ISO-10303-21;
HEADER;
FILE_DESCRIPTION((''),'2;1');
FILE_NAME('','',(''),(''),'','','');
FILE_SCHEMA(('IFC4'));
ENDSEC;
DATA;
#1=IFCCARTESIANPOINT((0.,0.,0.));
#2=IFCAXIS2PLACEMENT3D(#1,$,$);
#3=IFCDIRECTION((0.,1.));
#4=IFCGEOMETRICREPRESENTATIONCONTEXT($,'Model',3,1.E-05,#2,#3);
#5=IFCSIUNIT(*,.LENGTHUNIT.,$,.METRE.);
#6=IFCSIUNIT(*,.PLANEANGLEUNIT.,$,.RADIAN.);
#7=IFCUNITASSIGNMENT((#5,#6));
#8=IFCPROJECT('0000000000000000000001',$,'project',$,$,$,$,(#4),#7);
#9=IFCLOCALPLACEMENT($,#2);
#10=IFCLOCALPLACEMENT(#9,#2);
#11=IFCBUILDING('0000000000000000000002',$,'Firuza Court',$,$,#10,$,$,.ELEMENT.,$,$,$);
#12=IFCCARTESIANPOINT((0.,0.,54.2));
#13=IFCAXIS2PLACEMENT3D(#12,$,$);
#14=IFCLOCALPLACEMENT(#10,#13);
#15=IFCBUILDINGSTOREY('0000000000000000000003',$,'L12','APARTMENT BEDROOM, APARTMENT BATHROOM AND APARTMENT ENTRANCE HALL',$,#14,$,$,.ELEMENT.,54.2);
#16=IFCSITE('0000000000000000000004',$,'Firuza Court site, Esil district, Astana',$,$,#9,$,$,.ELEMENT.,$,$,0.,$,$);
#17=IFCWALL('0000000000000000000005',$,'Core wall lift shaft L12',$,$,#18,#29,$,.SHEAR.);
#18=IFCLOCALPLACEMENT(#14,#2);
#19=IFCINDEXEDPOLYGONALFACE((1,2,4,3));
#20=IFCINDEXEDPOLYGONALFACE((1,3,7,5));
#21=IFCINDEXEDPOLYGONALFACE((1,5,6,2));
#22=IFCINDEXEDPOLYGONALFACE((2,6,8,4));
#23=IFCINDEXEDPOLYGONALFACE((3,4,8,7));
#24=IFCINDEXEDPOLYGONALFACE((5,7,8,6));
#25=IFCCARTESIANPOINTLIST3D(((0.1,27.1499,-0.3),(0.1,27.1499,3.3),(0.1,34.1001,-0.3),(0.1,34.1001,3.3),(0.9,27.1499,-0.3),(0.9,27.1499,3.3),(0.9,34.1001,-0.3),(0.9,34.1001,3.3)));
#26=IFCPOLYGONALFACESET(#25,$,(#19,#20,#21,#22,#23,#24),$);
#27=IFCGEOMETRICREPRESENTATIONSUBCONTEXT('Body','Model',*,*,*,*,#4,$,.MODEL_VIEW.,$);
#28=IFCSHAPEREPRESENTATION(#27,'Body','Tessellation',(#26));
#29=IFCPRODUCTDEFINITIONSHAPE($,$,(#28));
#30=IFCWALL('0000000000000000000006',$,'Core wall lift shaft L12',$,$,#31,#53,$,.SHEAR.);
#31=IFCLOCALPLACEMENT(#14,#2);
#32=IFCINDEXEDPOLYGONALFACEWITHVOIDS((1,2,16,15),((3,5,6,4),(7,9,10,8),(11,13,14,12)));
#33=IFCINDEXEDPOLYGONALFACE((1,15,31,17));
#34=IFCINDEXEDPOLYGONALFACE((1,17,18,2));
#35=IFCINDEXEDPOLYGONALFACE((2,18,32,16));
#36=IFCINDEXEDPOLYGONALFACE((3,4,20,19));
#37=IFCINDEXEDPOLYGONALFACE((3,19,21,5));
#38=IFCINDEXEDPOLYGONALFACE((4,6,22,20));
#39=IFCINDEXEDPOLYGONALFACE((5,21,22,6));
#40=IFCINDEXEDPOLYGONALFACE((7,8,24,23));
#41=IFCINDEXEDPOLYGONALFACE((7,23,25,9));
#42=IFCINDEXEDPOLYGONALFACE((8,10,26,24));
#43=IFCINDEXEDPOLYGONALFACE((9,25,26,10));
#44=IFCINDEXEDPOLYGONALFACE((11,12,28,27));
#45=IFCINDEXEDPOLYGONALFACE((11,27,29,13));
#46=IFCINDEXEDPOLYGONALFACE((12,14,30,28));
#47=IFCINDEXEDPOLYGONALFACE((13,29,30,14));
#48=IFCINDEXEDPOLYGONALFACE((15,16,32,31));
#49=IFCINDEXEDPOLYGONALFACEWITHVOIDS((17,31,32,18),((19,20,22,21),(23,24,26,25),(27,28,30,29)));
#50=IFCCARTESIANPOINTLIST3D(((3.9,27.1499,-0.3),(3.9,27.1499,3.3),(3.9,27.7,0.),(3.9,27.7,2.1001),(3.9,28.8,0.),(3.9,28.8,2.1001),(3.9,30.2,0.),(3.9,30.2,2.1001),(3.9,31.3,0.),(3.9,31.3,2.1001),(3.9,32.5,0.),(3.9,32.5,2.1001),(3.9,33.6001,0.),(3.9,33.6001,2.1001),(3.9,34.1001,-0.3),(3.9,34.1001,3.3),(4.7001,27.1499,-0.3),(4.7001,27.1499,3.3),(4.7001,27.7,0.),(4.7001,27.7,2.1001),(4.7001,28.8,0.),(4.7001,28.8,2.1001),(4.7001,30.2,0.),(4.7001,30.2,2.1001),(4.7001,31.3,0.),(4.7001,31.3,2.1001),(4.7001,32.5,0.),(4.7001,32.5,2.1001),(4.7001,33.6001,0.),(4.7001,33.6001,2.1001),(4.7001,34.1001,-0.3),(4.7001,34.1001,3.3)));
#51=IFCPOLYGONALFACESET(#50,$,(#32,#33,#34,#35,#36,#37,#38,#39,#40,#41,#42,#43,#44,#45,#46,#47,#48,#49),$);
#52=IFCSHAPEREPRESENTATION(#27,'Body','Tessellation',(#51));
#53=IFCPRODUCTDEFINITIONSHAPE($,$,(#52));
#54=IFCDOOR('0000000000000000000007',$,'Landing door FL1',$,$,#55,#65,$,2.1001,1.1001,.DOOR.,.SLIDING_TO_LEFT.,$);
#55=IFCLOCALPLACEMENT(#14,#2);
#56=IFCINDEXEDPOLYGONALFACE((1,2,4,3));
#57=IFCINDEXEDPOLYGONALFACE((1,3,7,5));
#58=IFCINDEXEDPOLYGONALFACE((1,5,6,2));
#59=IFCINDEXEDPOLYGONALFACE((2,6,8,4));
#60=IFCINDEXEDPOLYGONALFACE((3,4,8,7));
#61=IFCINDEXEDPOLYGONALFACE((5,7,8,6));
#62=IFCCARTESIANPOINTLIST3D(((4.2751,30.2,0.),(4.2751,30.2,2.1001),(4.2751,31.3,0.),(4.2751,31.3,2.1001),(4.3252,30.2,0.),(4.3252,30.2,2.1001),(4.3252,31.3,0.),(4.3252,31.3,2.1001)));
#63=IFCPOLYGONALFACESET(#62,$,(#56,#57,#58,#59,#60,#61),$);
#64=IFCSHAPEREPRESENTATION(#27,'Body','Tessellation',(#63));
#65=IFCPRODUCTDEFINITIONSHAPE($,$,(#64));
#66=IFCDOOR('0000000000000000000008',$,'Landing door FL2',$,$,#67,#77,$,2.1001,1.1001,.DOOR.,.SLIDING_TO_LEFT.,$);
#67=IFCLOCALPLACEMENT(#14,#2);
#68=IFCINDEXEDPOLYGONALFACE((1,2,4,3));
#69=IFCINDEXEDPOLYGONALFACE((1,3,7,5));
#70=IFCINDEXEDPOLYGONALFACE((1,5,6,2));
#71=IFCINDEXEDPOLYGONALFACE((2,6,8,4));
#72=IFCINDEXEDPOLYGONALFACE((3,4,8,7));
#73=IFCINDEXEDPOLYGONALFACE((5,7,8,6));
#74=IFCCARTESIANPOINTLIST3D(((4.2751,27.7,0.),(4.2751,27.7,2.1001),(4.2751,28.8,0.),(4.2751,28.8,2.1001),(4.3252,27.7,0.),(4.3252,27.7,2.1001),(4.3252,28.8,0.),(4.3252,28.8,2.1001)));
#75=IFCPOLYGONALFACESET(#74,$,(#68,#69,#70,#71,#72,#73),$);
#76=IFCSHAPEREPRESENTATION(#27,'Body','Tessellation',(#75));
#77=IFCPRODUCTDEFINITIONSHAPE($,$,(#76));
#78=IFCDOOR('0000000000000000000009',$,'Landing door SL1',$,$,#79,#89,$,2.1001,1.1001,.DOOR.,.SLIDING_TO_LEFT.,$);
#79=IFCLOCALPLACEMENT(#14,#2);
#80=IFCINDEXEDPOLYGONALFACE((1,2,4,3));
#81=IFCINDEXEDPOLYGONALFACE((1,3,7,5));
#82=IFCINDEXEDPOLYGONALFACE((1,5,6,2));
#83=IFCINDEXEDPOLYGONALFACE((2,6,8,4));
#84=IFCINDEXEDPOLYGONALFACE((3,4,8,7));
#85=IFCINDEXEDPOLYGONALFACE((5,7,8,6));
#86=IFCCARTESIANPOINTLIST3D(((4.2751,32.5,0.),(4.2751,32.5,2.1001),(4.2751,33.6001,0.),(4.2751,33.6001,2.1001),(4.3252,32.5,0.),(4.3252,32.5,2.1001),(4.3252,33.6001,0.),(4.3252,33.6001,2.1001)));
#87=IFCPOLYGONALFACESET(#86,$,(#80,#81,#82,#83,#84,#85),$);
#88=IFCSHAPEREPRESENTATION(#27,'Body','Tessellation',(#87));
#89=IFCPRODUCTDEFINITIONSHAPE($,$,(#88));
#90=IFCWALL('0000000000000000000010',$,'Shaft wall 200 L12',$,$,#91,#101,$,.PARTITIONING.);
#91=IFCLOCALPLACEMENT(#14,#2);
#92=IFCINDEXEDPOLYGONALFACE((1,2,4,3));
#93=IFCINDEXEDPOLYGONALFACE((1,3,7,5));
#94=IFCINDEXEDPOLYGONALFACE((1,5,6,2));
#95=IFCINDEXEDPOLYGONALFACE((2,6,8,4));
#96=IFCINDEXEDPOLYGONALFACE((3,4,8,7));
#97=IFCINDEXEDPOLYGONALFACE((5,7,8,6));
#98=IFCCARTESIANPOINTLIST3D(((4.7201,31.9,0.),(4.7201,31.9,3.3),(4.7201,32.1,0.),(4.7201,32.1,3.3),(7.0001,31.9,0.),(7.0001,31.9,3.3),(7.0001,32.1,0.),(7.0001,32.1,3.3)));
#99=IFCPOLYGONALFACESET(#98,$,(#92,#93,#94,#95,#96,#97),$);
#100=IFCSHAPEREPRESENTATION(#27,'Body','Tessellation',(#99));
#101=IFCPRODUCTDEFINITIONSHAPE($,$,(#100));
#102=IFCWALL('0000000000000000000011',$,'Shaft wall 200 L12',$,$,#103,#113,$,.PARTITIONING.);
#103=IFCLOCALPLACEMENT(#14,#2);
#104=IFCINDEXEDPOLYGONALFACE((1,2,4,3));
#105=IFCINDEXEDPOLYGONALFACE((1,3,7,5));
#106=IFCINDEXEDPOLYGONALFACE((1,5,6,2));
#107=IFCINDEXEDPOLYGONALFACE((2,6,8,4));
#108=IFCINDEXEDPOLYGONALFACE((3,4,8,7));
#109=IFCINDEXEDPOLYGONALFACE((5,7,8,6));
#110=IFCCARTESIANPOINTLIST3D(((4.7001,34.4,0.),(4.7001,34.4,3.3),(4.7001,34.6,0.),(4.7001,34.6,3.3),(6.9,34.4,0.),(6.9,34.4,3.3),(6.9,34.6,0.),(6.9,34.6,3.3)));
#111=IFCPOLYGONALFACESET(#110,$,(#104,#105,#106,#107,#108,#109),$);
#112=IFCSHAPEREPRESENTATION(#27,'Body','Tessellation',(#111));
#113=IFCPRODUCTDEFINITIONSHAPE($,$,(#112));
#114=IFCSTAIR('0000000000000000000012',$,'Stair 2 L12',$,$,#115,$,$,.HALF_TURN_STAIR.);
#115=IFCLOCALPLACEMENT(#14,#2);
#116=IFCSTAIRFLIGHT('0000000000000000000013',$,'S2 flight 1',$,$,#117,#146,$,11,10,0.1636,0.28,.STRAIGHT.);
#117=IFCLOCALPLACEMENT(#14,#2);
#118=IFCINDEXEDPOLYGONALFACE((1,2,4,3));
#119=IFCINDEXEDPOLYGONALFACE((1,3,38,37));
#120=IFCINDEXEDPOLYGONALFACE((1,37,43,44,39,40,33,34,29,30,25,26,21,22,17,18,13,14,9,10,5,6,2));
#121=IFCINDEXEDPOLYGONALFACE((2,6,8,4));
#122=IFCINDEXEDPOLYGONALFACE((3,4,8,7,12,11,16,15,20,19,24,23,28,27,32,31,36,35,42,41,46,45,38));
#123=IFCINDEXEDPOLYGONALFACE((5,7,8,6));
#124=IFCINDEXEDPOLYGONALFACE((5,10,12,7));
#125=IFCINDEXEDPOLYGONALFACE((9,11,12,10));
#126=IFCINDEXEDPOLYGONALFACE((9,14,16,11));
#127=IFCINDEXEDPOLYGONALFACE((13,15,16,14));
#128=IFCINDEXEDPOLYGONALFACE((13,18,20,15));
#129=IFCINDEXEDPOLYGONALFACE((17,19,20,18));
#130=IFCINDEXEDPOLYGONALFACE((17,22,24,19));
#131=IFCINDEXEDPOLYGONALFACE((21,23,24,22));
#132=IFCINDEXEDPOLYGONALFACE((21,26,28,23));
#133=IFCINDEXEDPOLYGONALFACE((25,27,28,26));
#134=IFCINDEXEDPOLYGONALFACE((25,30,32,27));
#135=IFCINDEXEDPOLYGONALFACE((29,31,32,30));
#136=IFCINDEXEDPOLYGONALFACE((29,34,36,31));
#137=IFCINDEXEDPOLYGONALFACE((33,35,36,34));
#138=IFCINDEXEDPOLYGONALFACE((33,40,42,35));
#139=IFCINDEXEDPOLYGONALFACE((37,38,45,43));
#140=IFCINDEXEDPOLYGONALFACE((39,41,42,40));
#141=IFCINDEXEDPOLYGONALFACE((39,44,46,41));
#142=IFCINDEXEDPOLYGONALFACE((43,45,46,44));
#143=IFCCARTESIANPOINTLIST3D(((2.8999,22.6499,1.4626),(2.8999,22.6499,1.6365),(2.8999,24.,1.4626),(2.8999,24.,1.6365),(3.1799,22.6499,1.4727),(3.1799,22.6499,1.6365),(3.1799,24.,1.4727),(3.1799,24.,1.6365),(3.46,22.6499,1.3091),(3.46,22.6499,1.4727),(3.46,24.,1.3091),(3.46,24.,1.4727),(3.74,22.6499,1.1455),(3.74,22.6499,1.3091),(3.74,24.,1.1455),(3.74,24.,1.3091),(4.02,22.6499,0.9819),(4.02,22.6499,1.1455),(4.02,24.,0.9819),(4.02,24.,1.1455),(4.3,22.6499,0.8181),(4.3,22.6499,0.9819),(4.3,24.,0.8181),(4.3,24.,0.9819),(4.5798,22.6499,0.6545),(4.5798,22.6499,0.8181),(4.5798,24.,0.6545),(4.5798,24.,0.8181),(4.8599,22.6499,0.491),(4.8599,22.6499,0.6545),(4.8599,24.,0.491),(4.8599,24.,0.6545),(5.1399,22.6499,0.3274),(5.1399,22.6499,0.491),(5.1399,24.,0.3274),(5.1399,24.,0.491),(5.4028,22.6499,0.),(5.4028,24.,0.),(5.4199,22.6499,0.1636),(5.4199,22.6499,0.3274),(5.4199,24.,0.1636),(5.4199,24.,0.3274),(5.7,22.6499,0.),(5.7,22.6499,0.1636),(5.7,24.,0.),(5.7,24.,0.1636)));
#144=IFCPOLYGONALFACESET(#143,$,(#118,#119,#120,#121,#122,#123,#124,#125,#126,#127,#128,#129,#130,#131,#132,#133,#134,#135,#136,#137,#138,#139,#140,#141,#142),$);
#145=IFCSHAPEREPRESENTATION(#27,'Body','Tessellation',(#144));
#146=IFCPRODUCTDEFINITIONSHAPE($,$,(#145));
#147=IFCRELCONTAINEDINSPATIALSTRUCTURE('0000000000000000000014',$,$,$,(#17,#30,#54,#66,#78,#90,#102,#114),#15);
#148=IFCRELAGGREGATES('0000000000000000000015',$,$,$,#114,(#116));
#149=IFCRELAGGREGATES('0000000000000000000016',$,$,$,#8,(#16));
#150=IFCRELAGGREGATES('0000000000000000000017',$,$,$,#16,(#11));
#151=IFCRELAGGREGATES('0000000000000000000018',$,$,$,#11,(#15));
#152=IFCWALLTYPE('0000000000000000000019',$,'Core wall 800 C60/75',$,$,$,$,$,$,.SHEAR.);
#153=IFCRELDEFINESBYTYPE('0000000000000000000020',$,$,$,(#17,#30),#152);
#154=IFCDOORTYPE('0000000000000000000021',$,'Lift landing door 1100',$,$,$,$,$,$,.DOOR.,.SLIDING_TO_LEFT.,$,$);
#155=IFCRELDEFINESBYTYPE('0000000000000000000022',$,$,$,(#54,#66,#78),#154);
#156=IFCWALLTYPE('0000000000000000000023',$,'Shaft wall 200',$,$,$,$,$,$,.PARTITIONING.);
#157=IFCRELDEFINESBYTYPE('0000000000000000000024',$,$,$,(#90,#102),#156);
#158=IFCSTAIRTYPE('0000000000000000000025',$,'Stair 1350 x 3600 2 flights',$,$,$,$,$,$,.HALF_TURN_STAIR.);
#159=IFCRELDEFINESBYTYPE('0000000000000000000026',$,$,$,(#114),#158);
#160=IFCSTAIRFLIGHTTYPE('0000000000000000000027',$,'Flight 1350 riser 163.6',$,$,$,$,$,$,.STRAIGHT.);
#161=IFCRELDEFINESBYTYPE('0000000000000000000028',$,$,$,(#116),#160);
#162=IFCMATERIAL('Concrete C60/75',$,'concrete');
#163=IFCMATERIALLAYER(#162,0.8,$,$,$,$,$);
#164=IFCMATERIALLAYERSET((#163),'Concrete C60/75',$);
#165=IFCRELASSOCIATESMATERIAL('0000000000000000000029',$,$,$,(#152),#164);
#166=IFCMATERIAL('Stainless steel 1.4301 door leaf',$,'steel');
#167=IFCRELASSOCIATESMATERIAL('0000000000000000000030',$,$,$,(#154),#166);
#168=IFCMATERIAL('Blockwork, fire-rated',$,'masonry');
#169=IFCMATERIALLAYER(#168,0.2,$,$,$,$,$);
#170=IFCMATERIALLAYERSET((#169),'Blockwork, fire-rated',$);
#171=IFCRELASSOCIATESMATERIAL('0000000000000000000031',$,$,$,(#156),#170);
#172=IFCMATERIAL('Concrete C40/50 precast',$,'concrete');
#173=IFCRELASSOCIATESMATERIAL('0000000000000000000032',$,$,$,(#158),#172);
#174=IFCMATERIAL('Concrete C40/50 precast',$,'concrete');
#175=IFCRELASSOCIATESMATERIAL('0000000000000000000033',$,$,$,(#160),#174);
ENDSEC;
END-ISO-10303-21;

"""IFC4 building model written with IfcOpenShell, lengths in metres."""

from ifc_helpers import new_model, si_unit, direction, frame, frame_2d, origin, place, context, subcontext, project, spatial, polyline, rectangle, outline, extrude, material, layer, layer_set, type_object, element, fill, aggregate, save


model = new_model("IFC4")

# Units and contexts
model_context = context("Model", 3, precision=1e-05, world=origin(), true_north=direction((0.0, 1.0)))
body_context = subcontext(model_context, "Body", "Model", "MODEL_VIEW")
ifc_project = project(units=[si_unit("LENGTHUNIT", "METRE"), si_unit("PLANEANGLEUNIT", "RADIAN")], contexts=[model_context])

# Site, building, storey
site_placement = place(None, origin())
site = spatial("IfcSite", under=ifc_project, at=site_placement, Name="Firuza Court site, Esil district, Astana", CompositionType="ELEMENT", RefElevation=0.0)
building_placement = place(site_placement, origin())
building = spatial("IfcBuilding", under=site, at=building_placement, Name="Firuza Court", CompositionType="ELEMENT")
storey_placement = place(building_placement, frame((0.0, 0.0, 54.2)))
storey = spatial("IfcBuildingStorey", under=building, at=storey_placement, Name="L12", Description="APARTMENT BEDROOM, APARTMENT BATHROOM AND APARTMENT ENTRANCE HALL", CompositionType="ELEMENT", Elevation=54.2)

# Shared definitions
ifc_material_1 = material(Name="Concrete C60/75", Category="concrete")

# Wall
ifc_layer_1 = layer(ifc_material_1, 0.8)
ifc_layer_set_1 = layer_set([ifc_layer_1], Name="Concrete C60/75")
wall_type_1 = type_object("IfcWallType", Name="Core wall 800 C60/75", PredefinedType="SHEAR", material=ifc_layer_set_1)
wall_1_placement = place(storey_placement, frame((0.5, 27.1499, -0.3), z_axis=(0.0, 0.0, 1.0), x_axis=(0.0, 1.0, 0.0)))
element("IfcWall", 1, at=wall_1_placement, inside=storey, type_object=wall_type_1, Name="Core wall lift shaft L12", PredefinedType="SHEAR", context=body_context, shape_type="SweptSolid", body=[
    extrude(rectangle(XDim=6.9502, YDim=0.8, at=frame_2d((3.4751, 0.0))), origin(), (0.0, 0.0, 1.0), 3.6001),
])

# Wall, openings, doors
wall_2_placement = place(storey_placement, frame((4.3, 27.1499, -0.3), z_axis=(0.0, 0.0, 1.0), x_axis=(0.0, 1.0, 0.0)))
wall_2 = element("IfcWall", 2, at=wall_2_placement, inside=storey, type_object=wall_type_1, Name="Core wall lift shaft L12", PredefinedType="SHEAR", context=body_context, shape_type="SweptSolid", body=[
    extrude(rectangle(XDim=6.9502, YDim=0.8, at=frame_2d((3.4751, 0.0))), origin(), (0.0, 0.0, 1.0), 3.6001),
])
opening_1_placement = place(wall_2_placement, frame((3.05, 0.0, 0.3)))
opening_1 = element("IfcOpeningElement", 3, at=opening_1_placement, cuts=wall_2, PredefinedType="OPENING", context=body_context, shape_type="SweptSolid", body=[
    extrude(rectangle(XDim=1.1001, YDim=2.1001, at=frame_2d((0.55, 1.05))), frame((0.0, 0.4121, 0.0), z_axis=(0.0, -1.0, 0.0), x_axis=(1.0, 0.0, 0.0)), (0.0, 0.0, 1.0), 0.824),
])
opening_2_placement = place(wall_2_placement, frame((0.55, 0.0, 0.3)))
opening_2 = element("IfcOpeningElement", 4, at=opening_2_placement, cuts=wall_2, PredefinedType="OPENING", context=body_context, shape_type="SweptSolid", body=[
    extrude(rectangle(XDim=1.1001, YDim=2.1001, at=frame_2d((0.55, 1.05))), frame((0.0, 0.4121, 0.0), z_axis=(0.0, -1.0, 0.0), x_axis=(1.0, 0.0, 0.0)), (0.0, 0.0, 1.0), 0.824),
])
opening_3_placement = place(wall_2_placement, frame((5.3501, 0.0, 0.3)))
opening_3 = element("IfcOpeningElement", 5, at=opening_3_placement, cuts=wall_2, PredefinedType="OPENING", context=body_context, shape_type="SweptSolid", body=[
    extrude(rectangle(XDim=1.1001, YDim=2.1001, at=frame_2d((0.55, 1.05))), frame((0.0, 0.4121, 0.0), z_axis=(0.0, -1.0, 0.0), x_axis=(1.0, 0.0, 0.0)), (0.0, 0.0, 1.0), 0.824),
])
ifc_material_2 = material(Name="Stainless steel 1.4301 door leaf", Category="steel")
door_type_1 = type_object("IfcDoorType", Name="Lift landing door 1100", OperationType="SLIDING_TO_LEFT", PredefinedType="DOOR", material=ifc_material_2)
door_1_placement = place(opening_1_placement, origin())
door_1 = element("IfcDoor", 6, at=door_1_placement, inside=storey, type_object=door_type_1, Name="Landing door FL1", OperationType="SLIDING_TO_LEFT", OverallHeight=2.1001, OverallWidth=1.1001, PredefinedType="DOOR", context=body_context, shape_type="SweptSolid", body=[
    extrude(rectangle(XDim=1.1001, YDim=2.1001, at=frame_2d((0.55, 1.05))), frame((0.0, 0.0249, 0.0), z_axis=(0.0, -1.0, 0.0), x_axis=(1.0, 0.0, 0.0)), (0.0, 0.0, 1.0), 0.05),
])
fill(opening_1, door_1)
door_2_placement = place(opening_2_placement, origin())
door_2 = element("IfcDoor", 7, at=door_2_placement, inside=storey, type_object=door_type_1, Name="Landing door FL2", OperationType="SLIDING_TO_LEFT", OverallHeight=2.1001, OverallWidth=1.1001, PredefinedType="DOOR", context=body_context, shape_type="SweptSolid", body=[
    extrude(rectangle(XDim=1.1001, YDim=2.1001, at=frame_2d((0.55, 1.05))), frame((0.0, 0.0249, 0.0), z_axis=(0.0, -1.0, 0.0), x_axis=(1.0, 0.0, 0.0)), (0.0, 0.0, 1.0), 0.05),
])
fill(opening_2, door_2)
door_3_placement = place(opening_3_placement, origin())
door_3 = element("IfcDoor", 8, at=door_3_placement, inside=storey, type_object=door_type_1, Name="Landing door SL1", OperationType="SLIDING_TO_LEFT", OverallHeight=2.1001, OverallWidth=1.1001, PredefinedType="DOOR", context=body_context, shape_type="SweptSolid", body=[
    extrude(rectangle(XDim=1.1001, YDim=2.1001, at=frame_2d((0.55, 1.05))), frame((0.0, 0.0249, 0.0), z_axis=(0.0, -1.0, 0.0), x_axis=(1.0, 0.0, 0.0)), (0.0, 0.0, 1.0), 0.05),
])
fill(opening_3, door_3)

# Walls
ifc_material_3 = material(Name="Blockwork, fire-rated", Category="masonry")
ifc_layer_2 = layer(ifc_material_3, 0.2)
ifc_layer_set_2 = layer_set([ifc_layer_2], Name="Blockwork, fire-rated")
wall_type_2 = type_object("IfcWallType", Name="Shaft wall 200", PredefinedType="PARTITIONING", material=ifc_layer_set_2)
wall_3_placement = place(storey_placement, frame((4.72, 32.0, 0.0), z_axis=(0.0, 0.0, 1.0), x_axis=(1.0, 0.0, 0.0)))
element("IfcWall", 9, at=wall_3_placement, inside=storey, type_object=wall_type_2, Name="Shaft wall 200 L12", PredefinedType="PARTITIONING", context=body_context, shape_type="SweptSolid", body=[
    extrude(rectangle(XDim=2.28, YDim=0.2, at=frame_2d((1.1401, 0.0))), origin(), (0.0, 0.0, 1.0), 3.3),
])
wall_4_placement = place(storey_placement, frame((4.7, 34.5, 0.0), z_axis=(0.0, 0.0, 1.0), x_axis=(1.0, 0.0, 0.0)))
element("IfcWall", 10, at=wall_4_placement, inside=storey, type_object=wall_type_2, Name="Shaft wall 200 L12", PredefinedType="PARTITIONING", context=body_context, shape_type="SweptSolid", body=[
    extrude(rectangle(XDim=2.2, YDim=0.2, at=frame_2d((1.1001, 0.0))), origin(), (0.0, 0.0, 1.0), 3.3),
])

# Stair, stair flight
ifc_material_4 = material(Name="Concrete C40/50 precast", Category="concrete")
stair_type = type_object("IfcStairType", Name="Stair 1350 x 3600 2 flights", PredefinedType="HALF_TURN_STAIR", material=ifc_material_4)
stair_placement = place(storey_placement, origin())
stair = element("IfcStair", 11, at=stair_placement, inside=storey, type_object=stair_type, Name="Stair 2 L12", PredefinedType="HALF_TURN_STAIR")
ifc_material_5 = material(Name="Concrete C40/50 precast", Category="concrete")
stair_flight_type = type_object("IfcStairFlightType", Name="Flight 1350 riser 163.6", PredefinedType="STRAIGHT", material=ifc_material_5)
stair_flight_1_placement = place(storey_placement, frame((5.7, 23.325, 0.0), z_axis=(0.0, 0.0, 1.0), x_axis=(-1.0, 0.0, 0.0)))
stair_flight_1 = element("IfcStairFlight", 12, at=stair_flight_1_placement, type_object=stair_flight_type, Name="S2 flight 1", NumberOfRisers=11, NumberOfTreads=10, PredefinedType="STRAIGHT", RiserHeight=0.1636, TreadLength=0.28, context=body_context, shape_type="SweptSolid", body=[
    extrude(outline(polyline([(0.0, 0.0), (0.0, 0.1636), (0.28, 0.1636), (0.28, 0.3274), (0.5601, 0.3274), (0.5601, 0.491), (0.8401, 0.491), (0.8401, 0.6545), (1.1201, 0.6545), (1.1201, 0.8181), (1.3999, 0.8181), (1.3999, 0.9819), (1.6799, 0.9819), (1.6799, 1.1455), (1.96, 1.1455), (1.96, 1.3091), (2.24, 1.3091), (2.24, 1.4727), (2.52, 1.4727), (2.52, 1.6365), (2.8, 1.6365), (2.8, 1.8), (2.8, 1.4626), (0.2971, 0.0), (0.0, 0.0)])), frame((0.0, 0.675, 0.0), z_axis=(0.0, -1.0, 0.0), x_axis=(1.0, 0.0, 0.0)), (0.0, 0.0, 1.0), 1.3501),
])
aggregate(stair, [stair_flight_1])

save(model, "model.ifc")
